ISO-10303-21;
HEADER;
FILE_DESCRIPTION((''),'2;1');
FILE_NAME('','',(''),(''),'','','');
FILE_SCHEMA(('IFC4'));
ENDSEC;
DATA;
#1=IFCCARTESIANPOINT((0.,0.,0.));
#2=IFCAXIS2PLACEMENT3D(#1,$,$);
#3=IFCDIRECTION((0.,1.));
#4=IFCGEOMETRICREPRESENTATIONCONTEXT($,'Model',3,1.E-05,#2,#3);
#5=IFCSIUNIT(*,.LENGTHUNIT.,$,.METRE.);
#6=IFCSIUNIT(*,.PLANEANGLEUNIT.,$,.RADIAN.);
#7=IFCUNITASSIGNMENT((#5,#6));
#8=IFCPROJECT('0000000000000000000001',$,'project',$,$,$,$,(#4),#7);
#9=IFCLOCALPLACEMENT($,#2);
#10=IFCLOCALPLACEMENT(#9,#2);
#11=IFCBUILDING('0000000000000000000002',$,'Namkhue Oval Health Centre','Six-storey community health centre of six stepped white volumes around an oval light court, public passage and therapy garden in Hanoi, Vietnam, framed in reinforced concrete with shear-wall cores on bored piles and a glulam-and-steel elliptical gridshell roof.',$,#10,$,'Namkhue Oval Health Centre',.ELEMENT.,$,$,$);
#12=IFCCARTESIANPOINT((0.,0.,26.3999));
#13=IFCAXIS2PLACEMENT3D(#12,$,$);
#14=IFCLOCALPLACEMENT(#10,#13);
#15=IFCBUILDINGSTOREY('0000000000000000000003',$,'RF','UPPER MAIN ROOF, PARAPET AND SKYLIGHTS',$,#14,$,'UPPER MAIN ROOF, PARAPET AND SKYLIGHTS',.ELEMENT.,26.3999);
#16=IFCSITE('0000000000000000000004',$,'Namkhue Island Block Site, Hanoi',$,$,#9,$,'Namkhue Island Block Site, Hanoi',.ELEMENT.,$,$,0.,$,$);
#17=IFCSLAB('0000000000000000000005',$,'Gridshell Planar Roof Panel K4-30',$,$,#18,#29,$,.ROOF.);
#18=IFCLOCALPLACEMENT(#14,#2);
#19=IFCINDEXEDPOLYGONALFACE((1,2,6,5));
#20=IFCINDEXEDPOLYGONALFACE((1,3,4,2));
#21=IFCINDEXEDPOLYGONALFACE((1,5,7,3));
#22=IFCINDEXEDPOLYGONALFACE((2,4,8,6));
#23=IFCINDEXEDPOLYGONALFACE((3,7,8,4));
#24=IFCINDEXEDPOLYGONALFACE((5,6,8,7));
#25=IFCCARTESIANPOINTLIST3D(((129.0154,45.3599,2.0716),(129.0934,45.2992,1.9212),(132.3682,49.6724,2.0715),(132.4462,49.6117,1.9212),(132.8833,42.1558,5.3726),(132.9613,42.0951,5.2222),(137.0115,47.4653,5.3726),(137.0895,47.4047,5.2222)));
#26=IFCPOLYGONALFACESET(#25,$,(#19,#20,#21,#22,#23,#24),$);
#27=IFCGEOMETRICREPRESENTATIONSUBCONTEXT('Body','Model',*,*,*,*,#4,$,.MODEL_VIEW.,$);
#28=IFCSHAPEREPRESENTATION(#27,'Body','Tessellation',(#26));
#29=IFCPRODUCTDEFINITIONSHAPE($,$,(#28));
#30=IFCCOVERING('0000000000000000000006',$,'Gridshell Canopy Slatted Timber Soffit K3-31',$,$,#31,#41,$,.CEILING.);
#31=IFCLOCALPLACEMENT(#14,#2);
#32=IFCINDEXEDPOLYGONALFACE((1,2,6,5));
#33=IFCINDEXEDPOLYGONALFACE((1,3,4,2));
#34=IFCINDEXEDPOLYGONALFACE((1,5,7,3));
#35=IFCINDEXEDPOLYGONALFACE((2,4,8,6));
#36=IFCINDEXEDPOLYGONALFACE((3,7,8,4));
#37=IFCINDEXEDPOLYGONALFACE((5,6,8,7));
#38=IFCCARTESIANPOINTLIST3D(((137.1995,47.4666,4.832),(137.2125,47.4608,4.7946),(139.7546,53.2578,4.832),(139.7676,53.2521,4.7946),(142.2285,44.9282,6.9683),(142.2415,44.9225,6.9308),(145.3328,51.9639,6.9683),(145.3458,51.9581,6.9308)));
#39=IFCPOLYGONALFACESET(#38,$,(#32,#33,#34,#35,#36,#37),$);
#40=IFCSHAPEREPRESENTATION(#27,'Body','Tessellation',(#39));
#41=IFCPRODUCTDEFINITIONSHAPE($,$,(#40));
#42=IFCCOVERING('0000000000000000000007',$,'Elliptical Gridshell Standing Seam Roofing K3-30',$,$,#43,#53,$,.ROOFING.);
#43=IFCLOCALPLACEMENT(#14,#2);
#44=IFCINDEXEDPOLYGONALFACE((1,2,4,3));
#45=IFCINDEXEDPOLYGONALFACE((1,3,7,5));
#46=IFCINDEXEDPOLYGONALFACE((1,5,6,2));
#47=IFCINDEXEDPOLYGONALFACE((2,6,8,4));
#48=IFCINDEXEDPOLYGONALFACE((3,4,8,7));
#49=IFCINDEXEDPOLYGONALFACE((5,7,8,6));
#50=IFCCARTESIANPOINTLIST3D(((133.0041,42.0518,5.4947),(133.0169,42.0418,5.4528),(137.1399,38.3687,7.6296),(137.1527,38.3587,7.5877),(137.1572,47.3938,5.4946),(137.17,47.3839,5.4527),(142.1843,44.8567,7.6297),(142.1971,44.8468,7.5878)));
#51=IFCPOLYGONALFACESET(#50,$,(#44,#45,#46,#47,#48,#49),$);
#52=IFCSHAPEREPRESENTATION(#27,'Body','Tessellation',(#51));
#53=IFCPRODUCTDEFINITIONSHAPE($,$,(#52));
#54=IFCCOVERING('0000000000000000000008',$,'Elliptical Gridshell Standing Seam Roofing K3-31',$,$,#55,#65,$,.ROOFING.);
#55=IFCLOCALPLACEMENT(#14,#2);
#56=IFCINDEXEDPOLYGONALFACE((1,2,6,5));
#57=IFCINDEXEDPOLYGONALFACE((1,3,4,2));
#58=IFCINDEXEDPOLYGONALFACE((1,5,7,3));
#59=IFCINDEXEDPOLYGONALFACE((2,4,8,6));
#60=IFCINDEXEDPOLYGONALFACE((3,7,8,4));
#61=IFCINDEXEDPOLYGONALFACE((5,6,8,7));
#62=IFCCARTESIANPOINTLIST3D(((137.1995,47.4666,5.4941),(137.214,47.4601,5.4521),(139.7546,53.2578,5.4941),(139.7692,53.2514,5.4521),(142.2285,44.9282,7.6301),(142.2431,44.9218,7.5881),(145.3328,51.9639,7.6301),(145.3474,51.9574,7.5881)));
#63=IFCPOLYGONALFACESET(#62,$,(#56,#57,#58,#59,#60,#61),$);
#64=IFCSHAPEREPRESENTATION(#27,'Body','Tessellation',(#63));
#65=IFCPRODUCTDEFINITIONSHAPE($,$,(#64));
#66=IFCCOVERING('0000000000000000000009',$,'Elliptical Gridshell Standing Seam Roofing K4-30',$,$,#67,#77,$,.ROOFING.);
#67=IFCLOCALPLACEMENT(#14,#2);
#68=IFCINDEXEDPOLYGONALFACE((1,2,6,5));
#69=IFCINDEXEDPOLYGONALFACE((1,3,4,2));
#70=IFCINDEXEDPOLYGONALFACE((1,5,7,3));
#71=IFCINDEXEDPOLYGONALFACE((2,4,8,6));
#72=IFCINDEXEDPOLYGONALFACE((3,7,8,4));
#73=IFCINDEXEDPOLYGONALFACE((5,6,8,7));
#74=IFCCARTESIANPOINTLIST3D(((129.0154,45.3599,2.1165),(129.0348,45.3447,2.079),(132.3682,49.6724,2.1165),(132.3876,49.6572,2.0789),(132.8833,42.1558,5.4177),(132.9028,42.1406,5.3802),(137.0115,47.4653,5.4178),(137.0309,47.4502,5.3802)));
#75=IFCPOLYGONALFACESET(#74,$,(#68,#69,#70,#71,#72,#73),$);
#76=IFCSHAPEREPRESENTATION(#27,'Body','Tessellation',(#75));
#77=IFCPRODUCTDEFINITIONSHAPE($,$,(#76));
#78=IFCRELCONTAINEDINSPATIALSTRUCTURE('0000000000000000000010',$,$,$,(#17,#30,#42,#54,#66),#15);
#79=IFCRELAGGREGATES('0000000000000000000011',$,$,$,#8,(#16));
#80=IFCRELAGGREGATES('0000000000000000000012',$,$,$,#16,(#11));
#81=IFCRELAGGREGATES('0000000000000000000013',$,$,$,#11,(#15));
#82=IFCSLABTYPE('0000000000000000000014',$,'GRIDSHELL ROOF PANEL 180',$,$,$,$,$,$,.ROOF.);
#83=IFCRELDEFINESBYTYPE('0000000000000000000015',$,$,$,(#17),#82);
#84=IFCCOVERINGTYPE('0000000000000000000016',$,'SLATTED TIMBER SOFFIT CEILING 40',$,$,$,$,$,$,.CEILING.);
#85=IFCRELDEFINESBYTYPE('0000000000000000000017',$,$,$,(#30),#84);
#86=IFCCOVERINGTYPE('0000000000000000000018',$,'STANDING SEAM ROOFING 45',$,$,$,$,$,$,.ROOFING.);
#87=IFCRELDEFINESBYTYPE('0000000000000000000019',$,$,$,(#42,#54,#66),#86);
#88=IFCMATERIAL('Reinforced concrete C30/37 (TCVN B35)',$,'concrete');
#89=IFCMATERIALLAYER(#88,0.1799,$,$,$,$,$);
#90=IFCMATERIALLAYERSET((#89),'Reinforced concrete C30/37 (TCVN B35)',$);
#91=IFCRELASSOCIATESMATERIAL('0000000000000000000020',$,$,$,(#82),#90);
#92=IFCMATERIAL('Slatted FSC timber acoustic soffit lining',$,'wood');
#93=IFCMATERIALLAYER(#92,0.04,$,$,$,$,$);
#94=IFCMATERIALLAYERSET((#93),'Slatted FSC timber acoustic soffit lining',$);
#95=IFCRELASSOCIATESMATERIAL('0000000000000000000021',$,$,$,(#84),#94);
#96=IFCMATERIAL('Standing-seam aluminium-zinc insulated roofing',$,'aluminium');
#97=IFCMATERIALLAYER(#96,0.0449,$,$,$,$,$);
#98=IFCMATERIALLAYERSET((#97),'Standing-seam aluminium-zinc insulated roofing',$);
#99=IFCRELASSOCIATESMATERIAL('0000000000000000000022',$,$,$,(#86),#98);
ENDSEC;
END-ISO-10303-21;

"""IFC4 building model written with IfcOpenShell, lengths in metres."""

from ifc_helpers import new_model, si_unit, direction, frame, origin, place, context, subcontext, project, spatial, polyline, outline, extrude, material, layer, layer_set, type_object, element, save


model = new_model("IFC4")

# Units and contexts
model_context = context("Model", 3, precision=1e-05, world=origin(), true_north=direction((0.0, 1.0)))
body_context = subcontext(model_context, "Body", "Model", "MODEL_VIEW")
ifc_project = project(units=[si_unit("LENGTHUNIT", "METRE"), si_unit("PLANEANGLEUNIT", "RADIAN")], contexts=[model_context])

# Site, building, storey
site_placement = place(None, origin())
site = spatial("IfcSite", under=ifc_project, at=site_placement, Name="Namkhue Island Block Site, Hanoi", LongName="Namkhue Island Block Site, Hanoi", CompositionType="ELEMENT", RefElevation=0.0)
building_placement = place(site_placement, origin())
building = spatial("IfcBuilding", under=site, at=building_placement, Name="Namkhue Oval Health Centre", Description="Six-storey community health centre of six stepped white volumes around an oval light court, public passage and therapy garden in Hanoi, Vietnam, framed in reinforced concrete with shear-wall cores on bored piles and a glulam-and-steel elliptical gridshell roof.", LongName="Namkhue Oval Health Centre", CompositionType="ELEMENT")
storey_placement = place(building_placement, frame((0.0, 0.0, 26.3999)))
storey = spatial("IfcBuildingStorey", under=building, at=storey_placement, Name="RF", Description="UPPER MAIN ROOF, PARAPET AND SKYLIGHTS", LongName="UPPER MAIN ROOF, PARAPET AND SKYLIGHTS", CompositionType="ELEMENT", Elevation=26.3999)

# Slab
ifc_material_1 = material(Name="Reinforced concrete C30/37 (TCVN B35)", Category="concrete")
ifc_layer_1 = layer(ifc_material_1, 0.1799)
ifc_layer_set_1 = layer_set([ifc_layer_1], Name="Reinforced concrete C30/37 (TCVN B35)")
slab_type_1 = type_object("IfcSlabType", Name="GRIDSHELL ROOF PANEL 180", PredefinedType="ROOF", material=ifc_layer_set_1)
slab_1_placement = place(storey_placement, frame((132.8833, 42.1558, 5.3726), z_axis=(-0.433737, 0.337221, 0.835556), x_axis=(0.6138, 0.789462, 0.000005)))
element("IfcSlab", 1, at=slab_1_placement, inside=storey, type_object=slab_type_1, Name="Gridshell Planar Roof Panel K4-30", PredefinedType="ROOF", context=body_context, shape_type="SweptSolid", body=[
    extrude(outline(polyline([(0.0, 0.0), (6.7256, 0.0), (5.6179, 6.0084), (0.1554, 6.0083), (0.0, 0.0)])), origin(), (0.0, 0.0, -1.0), 0.1799),
])

# Coverings
ifc_material_2 = material(Name="Slatted FSC timber acoustic soffit lining", Category="wood")
ifc_layer_2 = layer(ifc_material_2, 0.04)
ifc_layer_set_2 = layer_set([ifc_layer_2], Name="Slatted FSC timber acoustic soffit lining")
covering_type_1 = type_object("IfcCoveringType", Name="SLATTED TIMBER SOFFIT CEILING 40", PredefinedType="CEILING", material=ifc_layer_set_2)
covering_1_placement = place(storey_placement, frame((142.2285, 44.9282, 6.9683), z_axis=(-0.324783, 0.143299, 0.93487), x_axis=(0.403671, 0.914904, 0.000001)))
element("IfcCovering", 2, at=covering_1_placement, inside=storey, type_object=covering_type_1, Name="Gridshell Canopy Slatted Timber Soffit K3-31", PredefinedType="CEILING", context=body_context, shape_type="SweptSolid", body=[
    extrude(outline(polyline([(0.0, 0.0), (7.69, 0.0), (6.6221, 6.0177), (0.2922, 6.0177), (0.0, 0.0)])), origin(), (0.0, 0.0, -1.0), 0.04),
])
ifc_material_3 = material(Name="Standing-seam aluminium-zinc insulated roofing", Category="aluminium")
ifc_layer_3 = layer(ifc_material_3, 0.0449)
ifc_layer_set_3 = layer_set([ifc_layer_3], Name="Standing-seam aluminium-zinc insulated roofing")
covering_type_2 = type_object("IfcCoveringType", Name="STANDING SEAM ROOFING 45", PredefinedType="ROOFING", material=ifc_layer_set_3)
covering_2_placement = place(storey_placement, frame((137.1399, 38.3687, 7.6296), z_axis=(-0.284527, 0.221211, 0.932797), x_axis=(0.613801, 0.789461, 0.000006)))
element("IfcCovering", 3, at=covering_2_placement, inside=storey, type_object=covering_type_2, Name="Elliptical Gridshell Standing Seam Roofing K3-30", PredefinedType="ROOFING", context=body_context, shape_type="SweptSolid", body=[
    extrude(outline(polyline([(0.0, 0.0), (8.2183, 0.0), (7.1356, 5.9241), (0.3691, 5.9238), (0.0, 0.0)])), origin(), (0.0, 0.0, -1.0), 0.0449),
])
covering_3_placement = place(storey_placement, frame((142.2285, 44.9282, 7.6301), z_axis=(-0.324751, 0.143285, 0.934883), x_axis=(0.403671, 0.914904, 0.000001)))
element("IfcCovering", 4, at=covering_3_placement, inside=storey, type_object=covering_type_2, Name="Elliptical Gridshell Standing Seam Roofing K3-31", PredefinedType="ROOFING", context=body_context, shape_type="SweptSolid", body=[
    extrude(outline(polyline([(0.0, 0.0), (7.69, 0.0), (6.6221, 6.0176), (0.2922, 6.0176), (0.0, 0.0)])), origin(), (0.0, 0.0, -1.0), 0.0449),
])
covering_4_placement = place(storey_placement, frame((132.8833, 42.1558, 5.4177), z_axis=(-0.433759, 0.337239, 0.835537), x_axis=(0.6138, 0.789462, 0.000005)))
element("IfcCovering", 5, at=covering_4_placement, inside=storey, type_object=covering_type_2, Name="Elliptical Gridshell Standing Seam Roofing K4-30", PredefinedType="ROOFING", context=body_context, shape_type="SweptSolid", body=[
    extrude(outline(polyline([(0.0, 0.0), (6.7256, 0.0), (5.6179, 6.0085), (0.1554, 6.0084), (0.0, 0.0)])), origin(), (0.0, 0.0, -1.0), 0.0449),
])

save(model, "model.ifc")
